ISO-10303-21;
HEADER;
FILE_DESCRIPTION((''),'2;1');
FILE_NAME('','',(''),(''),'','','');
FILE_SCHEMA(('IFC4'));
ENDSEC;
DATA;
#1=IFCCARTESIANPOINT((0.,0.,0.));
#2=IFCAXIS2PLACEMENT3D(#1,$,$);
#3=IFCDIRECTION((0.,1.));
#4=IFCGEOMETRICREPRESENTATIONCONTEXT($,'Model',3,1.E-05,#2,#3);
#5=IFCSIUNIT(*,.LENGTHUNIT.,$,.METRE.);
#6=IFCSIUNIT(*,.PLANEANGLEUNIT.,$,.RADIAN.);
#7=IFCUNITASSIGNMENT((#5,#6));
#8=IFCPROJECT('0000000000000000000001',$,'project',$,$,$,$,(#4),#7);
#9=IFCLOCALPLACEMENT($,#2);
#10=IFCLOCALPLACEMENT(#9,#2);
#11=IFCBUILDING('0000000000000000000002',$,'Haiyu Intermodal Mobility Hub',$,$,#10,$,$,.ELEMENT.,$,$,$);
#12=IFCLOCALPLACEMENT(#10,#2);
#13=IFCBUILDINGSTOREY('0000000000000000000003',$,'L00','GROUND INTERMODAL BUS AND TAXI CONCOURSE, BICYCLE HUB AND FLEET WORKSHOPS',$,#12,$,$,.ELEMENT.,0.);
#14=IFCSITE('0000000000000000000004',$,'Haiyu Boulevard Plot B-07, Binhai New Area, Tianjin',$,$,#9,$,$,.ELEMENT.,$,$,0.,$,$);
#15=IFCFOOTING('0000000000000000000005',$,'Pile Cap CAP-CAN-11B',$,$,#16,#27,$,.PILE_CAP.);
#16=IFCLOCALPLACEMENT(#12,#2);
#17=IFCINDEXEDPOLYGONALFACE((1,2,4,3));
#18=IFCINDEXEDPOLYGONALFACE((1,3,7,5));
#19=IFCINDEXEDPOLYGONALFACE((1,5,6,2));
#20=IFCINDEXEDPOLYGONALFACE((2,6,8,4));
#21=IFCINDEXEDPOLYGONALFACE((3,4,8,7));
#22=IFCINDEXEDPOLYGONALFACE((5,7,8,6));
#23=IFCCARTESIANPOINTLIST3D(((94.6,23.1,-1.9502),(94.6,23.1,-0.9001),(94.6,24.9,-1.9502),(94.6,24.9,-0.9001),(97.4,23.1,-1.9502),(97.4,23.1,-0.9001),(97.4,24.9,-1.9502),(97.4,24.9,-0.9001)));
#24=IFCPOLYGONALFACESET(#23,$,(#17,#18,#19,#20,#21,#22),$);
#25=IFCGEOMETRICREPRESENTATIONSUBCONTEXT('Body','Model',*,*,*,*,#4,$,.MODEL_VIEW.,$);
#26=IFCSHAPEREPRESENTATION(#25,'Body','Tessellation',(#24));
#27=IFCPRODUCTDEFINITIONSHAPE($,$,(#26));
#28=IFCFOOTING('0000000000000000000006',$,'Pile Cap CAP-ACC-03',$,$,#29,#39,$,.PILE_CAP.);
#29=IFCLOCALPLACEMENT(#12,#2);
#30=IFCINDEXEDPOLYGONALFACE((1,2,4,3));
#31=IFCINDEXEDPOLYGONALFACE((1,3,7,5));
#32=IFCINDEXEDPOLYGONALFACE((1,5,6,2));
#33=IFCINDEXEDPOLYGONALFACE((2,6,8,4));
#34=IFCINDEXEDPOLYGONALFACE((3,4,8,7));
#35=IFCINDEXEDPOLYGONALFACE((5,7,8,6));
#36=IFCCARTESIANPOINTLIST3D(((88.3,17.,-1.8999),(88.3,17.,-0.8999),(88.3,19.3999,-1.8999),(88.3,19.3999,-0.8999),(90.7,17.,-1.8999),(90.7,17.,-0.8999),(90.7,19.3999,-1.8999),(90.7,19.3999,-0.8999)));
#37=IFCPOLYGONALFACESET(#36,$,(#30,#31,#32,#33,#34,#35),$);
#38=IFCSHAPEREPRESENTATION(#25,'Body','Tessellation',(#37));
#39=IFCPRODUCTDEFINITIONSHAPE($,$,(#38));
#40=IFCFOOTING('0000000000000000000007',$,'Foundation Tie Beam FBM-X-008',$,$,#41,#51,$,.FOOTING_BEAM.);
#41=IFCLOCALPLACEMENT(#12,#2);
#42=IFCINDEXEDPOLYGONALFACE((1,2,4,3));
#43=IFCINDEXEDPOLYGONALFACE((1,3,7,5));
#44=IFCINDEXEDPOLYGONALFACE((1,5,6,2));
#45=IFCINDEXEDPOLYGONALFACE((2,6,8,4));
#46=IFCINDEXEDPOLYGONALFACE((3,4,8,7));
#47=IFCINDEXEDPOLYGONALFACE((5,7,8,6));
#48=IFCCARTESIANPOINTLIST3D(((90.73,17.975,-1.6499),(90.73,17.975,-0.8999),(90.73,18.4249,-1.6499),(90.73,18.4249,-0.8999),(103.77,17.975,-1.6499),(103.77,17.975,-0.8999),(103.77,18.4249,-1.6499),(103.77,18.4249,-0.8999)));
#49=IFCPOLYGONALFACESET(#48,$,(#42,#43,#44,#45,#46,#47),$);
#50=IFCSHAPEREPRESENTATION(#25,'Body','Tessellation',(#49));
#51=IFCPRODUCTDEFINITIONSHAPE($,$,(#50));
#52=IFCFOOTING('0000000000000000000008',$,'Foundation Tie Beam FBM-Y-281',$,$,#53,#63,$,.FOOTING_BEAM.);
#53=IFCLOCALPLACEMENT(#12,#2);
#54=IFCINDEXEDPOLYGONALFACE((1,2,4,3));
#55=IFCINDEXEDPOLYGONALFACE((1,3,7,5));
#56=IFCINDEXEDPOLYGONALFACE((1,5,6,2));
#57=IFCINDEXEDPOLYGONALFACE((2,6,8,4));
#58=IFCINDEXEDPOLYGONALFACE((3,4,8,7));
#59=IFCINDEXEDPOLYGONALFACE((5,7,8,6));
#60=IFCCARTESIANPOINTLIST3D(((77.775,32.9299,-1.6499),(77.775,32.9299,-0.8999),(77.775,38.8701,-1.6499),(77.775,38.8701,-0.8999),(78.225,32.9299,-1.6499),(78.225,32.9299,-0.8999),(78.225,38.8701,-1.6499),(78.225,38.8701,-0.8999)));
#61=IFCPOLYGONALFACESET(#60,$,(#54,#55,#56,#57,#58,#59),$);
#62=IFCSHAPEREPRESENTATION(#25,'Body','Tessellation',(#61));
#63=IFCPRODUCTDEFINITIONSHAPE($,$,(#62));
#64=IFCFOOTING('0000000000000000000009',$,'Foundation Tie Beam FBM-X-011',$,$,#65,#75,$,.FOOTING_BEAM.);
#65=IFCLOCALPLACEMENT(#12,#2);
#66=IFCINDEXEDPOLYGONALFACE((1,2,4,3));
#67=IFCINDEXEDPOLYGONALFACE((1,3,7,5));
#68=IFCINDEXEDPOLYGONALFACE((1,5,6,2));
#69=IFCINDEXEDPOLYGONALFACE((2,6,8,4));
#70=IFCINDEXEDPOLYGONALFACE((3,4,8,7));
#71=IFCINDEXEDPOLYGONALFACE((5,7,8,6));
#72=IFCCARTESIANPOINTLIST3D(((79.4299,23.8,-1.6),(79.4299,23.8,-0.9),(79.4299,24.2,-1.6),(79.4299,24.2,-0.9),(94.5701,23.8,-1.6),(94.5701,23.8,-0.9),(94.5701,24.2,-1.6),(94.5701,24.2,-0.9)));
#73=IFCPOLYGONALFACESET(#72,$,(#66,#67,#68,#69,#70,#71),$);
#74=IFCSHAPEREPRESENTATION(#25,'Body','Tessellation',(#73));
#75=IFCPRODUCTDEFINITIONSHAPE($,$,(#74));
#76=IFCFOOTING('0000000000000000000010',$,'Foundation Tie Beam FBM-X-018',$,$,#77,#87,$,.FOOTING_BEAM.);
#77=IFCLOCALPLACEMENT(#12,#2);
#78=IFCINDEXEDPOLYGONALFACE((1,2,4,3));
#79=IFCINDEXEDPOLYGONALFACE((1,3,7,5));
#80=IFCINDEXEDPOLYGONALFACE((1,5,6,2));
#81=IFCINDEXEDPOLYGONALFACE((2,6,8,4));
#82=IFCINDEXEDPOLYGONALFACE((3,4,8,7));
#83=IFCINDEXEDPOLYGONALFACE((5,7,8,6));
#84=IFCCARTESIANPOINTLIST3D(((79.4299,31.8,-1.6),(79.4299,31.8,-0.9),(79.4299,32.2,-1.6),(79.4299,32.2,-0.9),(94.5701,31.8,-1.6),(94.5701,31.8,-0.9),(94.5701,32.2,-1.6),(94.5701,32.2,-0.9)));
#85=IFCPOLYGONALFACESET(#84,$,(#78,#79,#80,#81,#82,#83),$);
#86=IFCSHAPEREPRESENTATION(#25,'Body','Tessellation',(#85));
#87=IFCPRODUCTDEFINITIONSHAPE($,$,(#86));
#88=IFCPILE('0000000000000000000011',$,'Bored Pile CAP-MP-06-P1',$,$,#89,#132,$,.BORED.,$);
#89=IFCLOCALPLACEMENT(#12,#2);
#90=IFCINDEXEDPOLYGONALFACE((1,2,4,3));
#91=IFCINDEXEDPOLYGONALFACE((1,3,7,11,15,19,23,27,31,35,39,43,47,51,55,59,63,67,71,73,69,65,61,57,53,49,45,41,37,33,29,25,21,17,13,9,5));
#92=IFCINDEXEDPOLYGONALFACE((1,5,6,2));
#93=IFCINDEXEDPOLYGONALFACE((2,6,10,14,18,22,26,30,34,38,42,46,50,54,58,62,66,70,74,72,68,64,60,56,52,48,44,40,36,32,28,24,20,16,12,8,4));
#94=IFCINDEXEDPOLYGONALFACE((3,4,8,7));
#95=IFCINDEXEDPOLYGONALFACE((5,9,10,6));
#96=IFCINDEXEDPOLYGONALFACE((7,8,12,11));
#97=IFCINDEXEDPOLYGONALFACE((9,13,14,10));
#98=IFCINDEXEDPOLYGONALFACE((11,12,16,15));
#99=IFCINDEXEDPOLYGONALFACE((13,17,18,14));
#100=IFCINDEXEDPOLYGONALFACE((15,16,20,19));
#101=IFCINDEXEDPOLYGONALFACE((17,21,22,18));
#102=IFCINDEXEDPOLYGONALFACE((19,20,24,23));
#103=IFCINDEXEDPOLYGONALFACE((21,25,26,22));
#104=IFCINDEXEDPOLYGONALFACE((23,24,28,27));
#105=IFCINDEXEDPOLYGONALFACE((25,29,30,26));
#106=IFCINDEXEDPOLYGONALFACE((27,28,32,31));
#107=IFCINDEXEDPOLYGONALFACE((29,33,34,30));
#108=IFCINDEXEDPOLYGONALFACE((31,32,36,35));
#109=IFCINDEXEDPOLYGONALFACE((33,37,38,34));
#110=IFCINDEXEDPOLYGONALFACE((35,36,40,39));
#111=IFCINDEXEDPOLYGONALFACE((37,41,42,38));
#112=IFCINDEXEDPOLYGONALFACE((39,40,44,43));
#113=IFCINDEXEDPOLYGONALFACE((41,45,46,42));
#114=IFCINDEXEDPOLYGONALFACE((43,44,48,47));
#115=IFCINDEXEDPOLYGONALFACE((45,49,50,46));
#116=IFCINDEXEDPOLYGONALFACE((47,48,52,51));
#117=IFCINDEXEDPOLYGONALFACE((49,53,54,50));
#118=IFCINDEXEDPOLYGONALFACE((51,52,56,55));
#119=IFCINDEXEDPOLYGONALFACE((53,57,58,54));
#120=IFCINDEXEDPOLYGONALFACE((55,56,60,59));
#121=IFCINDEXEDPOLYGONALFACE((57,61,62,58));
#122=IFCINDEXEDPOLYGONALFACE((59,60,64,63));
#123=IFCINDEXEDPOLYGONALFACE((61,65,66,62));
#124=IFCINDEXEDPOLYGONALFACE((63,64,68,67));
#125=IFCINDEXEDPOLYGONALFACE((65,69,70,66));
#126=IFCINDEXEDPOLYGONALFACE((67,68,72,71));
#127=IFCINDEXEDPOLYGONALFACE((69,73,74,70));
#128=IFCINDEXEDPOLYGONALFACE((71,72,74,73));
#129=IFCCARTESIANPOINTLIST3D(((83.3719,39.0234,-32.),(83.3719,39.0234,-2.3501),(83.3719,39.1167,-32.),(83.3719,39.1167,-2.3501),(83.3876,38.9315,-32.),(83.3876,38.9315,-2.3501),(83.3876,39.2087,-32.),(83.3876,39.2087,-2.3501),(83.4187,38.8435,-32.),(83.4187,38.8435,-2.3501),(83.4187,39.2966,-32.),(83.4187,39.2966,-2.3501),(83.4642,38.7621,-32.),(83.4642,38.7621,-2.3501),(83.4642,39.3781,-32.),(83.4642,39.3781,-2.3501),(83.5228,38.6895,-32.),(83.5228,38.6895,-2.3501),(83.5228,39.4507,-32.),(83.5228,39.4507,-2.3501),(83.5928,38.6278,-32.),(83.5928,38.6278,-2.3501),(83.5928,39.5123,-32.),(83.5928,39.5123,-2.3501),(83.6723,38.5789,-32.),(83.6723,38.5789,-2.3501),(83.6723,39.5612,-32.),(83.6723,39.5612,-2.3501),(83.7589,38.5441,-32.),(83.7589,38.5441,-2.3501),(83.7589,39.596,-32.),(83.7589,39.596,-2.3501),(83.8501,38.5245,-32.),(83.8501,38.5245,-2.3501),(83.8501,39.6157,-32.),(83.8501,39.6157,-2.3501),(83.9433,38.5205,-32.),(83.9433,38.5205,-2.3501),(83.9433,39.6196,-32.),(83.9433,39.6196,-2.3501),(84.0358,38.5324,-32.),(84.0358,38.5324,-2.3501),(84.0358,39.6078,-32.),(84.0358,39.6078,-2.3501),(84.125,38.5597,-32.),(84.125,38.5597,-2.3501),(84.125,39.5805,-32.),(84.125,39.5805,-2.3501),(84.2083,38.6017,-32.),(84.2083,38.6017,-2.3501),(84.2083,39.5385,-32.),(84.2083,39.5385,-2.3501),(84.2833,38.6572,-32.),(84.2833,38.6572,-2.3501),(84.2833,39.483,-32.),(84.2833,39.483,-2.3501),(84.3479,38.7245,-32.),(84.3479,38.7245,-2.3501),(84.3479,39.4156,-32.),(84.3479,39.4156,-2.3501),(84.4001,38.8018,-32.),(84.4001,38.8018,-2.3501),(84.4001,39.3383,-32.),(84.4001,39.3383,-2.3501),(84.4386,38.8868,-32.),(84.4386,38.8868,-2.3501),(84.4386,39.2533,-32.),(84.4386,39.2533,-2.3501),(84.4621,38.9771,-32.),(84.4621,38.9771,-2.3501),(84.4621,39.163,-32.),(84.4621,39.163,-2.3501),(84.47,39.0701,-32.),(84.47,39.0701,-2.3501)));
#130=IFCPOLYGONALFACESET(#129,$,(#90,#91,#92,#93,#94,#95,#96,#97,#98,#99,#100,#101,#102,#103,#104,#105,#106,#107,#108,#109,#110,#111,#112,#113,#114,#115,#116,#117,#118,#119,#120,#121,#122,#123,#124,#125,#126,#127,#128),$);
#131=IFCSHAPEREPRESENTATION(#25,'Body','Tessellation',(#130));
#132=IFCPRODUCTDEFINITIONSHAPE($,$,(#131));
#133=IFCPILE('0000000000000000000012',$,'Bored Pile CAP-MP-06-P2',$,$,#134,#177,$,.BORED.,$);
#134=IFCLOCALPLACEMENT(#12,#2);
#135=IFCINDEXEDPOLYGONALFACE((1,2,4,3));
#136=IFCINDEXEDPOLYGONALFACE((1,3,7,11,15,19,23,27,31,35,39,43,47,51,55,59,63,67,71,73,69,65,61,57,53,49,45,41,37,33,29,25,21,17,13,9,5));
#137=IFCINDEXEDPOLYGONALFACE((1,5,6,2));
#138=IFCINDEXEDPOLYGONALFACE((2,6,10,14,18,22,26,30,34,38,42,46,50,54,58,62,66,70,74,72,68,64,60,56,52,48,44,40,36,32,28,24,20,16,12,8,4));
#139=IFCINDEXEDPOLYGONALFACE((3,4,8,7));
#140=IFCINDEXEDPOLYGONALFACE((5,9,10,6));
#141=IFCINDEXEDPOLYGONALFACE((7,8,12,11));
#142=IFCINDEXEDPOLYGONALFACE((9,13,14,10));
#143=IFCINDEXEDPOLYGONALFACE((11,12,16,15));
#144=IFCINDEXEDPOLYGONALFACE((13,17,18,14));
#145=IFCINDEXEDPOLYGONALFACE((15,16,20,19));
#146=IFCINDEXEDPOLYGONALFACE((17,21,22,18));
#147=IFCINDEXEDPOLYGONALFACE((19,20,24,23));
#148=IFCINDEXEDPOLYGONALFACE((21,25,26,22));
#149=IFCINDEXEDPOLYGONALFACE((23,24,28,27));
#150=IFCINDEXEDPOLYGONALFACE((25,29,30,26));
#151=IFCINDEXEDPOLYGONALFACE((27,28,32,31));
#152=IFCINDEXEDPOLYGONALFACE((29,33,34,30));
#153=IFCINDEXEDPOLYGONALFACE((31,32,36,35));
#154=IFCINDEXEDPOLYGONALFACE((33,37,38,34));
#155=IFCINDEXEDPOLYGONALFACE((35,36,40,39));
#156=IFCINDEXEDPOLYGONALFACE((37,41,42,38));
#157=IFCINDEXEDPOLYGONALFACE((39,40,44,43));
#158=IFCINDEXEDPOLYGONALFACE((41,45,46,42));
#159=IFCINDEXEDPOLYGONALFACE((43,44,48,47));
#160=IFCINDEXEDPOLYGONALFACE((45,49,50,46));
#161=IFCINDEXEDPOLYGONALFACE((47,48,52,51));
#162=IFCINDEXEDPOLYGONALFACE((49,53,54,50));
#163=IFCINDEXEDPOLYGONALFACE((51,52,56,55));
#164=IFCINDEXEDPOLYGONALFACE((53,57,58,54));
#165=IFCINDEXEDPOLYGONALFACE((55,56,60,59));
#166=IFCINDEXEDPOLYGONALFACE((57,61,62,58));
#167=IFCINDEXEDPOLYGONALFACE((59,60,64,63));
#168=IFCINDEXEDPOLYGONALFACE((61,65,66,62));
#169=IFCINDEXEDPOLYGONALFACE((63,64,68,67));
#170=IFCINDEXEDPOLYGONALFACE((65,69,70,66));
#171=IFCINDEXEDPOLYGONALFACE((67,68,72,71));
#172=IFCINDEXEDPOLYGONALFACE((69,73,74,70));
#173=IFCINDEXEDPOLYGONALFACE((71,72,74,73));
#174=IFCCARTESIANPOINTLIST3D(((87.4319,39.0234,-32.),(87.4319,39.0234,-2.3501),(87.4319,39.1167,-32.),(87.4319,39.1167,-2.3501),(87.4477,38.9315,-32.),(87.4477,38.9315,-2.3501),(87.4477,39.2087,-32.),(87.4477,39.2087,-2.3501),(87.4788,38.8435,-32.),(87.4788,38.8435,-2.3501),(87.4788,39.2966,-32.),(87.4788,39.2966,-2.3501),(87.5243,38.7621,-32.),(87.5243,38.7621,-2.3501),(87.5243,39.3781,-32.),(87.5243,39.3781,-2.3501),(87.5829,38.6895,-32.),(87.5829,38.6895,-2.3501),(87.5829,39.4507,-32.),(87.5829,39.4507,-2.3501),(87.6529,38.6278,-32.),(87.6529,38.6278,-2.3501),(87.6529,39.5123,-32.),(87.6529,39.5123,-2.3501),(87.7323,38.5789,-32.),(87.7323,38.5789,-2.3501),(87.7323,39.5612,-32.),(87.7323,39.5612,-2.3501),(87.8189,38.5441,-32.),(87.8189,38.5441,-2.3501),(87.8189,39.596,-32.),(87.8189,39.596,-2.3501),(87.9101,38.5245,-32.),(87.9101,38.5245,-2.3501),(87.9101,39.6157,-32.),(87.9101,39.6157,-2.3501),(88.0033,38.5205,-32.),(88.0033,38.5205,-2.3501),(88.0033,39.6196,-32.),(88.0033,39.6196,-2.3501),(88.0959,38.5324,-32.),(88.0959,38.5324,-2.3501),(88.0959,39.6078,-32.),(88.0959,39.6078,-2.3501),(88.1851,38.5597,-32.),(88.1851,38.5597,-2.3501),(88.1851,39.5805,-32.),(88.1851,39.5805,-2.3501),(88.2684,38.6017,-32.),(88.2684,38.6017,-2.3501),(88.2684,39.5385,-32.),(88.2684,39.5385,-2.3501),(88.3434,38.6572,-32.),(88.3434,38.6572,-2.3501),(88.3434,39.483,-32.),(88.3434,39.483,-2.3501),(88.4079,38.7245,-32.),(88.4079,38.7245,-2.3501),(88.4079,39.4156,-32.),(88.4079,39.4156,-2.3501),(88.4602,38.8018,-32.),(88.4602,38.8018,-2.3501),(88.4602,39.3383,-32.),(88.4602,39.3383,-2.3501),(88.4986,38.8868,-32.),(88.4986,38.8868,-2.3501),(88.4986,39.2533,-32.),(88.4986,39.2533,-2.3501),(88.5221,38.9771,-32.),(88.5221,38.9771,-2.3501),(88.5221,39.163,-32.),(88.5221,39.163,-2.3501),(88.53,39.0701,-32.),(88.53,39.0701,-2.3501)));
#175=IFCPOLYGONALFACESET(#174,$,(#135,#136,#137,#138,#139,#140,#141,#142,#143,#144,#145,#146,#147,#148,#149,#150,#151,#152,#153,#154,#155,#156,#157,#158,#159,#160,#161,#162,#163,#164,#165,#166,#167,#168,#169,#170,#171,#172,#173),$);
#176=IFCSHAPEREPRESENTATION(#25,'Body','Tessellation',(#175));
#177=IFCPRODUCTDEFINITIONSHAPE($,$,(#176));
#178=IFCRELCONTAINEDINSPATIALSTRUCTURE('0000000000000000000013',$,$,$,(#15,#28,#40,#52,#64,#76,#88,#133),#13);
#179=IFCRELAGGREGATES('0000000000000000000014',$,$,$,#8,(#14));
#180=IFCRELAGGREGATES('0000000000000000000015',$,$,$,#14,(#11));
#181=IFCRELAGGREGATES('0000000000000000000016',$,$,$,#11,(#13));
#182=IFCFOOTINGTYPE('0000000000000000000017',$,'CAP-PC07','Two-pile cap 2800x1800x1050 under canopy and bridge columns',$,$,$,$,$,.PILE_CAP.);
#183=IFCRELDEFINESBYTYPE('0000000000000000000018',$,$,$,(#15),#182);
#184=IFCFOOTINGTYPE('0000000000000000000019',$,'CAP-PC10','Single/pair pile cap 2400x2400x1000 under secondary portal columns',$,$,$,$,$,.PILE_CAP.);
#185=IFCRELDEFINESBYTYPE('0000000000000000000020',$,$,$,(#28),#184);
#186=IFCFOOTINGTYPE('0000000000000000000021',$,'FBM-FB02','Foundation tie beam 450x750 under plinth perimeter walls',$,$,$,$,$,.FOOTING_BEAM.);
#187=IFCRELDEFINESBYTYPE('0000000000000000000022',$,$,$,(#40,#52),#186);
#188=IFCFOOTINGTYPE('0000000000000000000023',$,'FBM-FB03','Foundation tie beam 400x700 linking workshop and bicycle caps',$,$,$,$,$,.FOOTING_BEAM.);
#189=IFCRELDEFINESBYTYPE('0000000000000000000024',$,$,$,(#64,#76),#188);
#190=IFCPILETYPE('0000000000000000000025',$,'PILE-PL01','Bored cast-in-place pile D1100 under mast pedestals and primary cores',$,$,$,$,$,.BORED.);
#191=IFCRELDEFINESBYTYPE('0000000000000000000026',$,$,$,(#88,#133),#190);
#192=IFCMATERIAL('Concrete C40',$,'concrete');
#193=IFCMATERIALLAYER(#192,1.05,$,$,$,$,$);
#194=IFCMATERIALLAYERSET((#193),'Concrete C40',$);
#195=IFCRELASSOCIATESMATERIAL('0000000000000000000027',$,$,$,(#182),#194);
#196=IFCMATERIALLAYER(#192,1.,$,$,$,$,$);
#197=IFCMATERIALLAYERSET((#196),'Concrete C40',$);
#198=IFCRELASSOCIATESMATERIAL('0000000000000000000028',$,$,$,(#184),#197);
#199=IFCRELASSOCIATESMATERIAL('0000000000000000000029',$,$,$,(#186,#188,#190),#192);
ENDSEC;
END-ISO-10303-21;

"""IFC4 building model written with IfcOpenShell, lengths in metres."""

from ifc_helpers import new_model, si_unit, direction, frame, origin, origin_2d, place, context, subcontext, project, spatial, rectangle, circle, extrude, material, layer, layer_set, material_profile, profile_set, type_object, element, save


model = new_model("IFC4")

# Units and contexts
model_context = context("Model", 3, precision=1e-05, world=origin(), true_north=direction((0.0, 1.0)))
body_context = subcontext(model_context, "Body", "Model", "MODEL_VIEW")
ifc_project = project(units=[si_unit("LENGTHUNIT", "METRE"), si_unit("PLANEANGLEUNIT", "RADIAN")], contexts=[model_context])

# Site, building, storey
site_placement = place(None, origin())
site = spatial("IfcSite", under=ifc_project, at=site_placement, Name="Haiyu Boulevard Plot B-07, Binhai New Area, Tianjin", CompositionType="ELEMENT", RefElevation=0.0)
building_placement = place(site_placement, origin())
building = spatial("IfcBuilding", under=site, at=building_placement, Name="Haiyu Intermodal Mobility Hub", CompositionType="ELEMENT")
storey_placement = place(building_placement, origin())
storey = spatial("IfcBuildingStorey", under=building, at=storey_placement, Name="L00", Description="GROUND INTERMODAL BUS AND TAXI CONCOURSE, BICYCLE HUB AND FLEET WORKSHOPS", CompositionType="ELEMENT", Elevation=0.0)

# Footings
ifc_material_1 = material(Name="Concrete C40", Category="concrete")
ifc_layer_1 = layer(ifc_material_1, 1.05)
ifc_layer_set_1 = layer_set([ifc_layer_1], Name="Concrete C40")
footing_type_1 = type_object("IfcFootingType", Name="CAP-PC07", Description="Two-pile cap 2800x1800x1050 under canopy and bridge columns", PredefinedType="PILE_CAP", material=ifc_layer_set_1)
footing_1_placement = place(storey_placement, frame((96.0, 24.0, -1.9502), z_axis=(0.0, 0.0, 1.0), x_axis=(1.0, 0.0, 0.0)))
element("IfcFooting", 1, at=footing_1_placement, inside=storey, type_object=footing_type_1, Name="Pile Cap CAP-CAN-11B", PredefinedType="PILE_CAP", context=body_context, shape_type="SweptSolid", body=[
    extrude(rectangle(XDim=2.8, YDim=1.8, at=origin_2d()), origin(), (0.0, 0.0, 1.0), 1.05),
])
ifc_layer_2 = layer(ifc_material_1, 1.0)
ifc_layer_set_2 = layer_set([ifc_layer_2], Name="Concrete C40")
footing_type_2 = type_object("IfcFootingType", Name="CAP-PC10", Description="Single/pair pile cap 2400x2400x1000 under secondary portal columns", PredefinedType="PILE_CAP", material=ifc_layer_set_2)
footing_2_placement = place(storey_placement, frame((89.5, 18.2, -1.8999), z_axis=(0.0, 0.0, 1.0), x_axis=(1.0, 0.0, 0.0)))
element("IfcFooting", 2, at=footing_2_placement, inside=storey, type_object=footing_type_2, Name="Pile Cap CAP-ACC-03", PredefinedType="PILE_CAP", context=body_context, shape_type="SweptSolid", body=[
    extrude(rectangle(XDim=2.3999, YDim=2.3999, at=origin_2d()), origin(), (0.0, 0.0, 1.0), 1.0),
])
ifc_material_profile_1 = material_profile(ifc_material_1, rectangle(XDim=0.45, YDim=0.75, at=origin_2d()), Name="FB450x750")
ifc_profile_set_1 = profile_set([ifc_material_profile_1], Name="Concrete C40")
footing_type_3 = type_object("IfcFootingType", Name="FBM-FB02", Description="Foundation tie beam 450x750 under plinth perimeter walls", PredefinedType="FOOTING_BEAM", material=ifc_profile_set_1)
footing_3_placement = place(storey_placement, frame((90.73, 18.2, -1.2749), z_axis=(1.0, 0.0, 0.0), x_axis=(0.0, 1.0, 0.0)))
element("IfcFooting", 3, at=footing_3_placement, inside=storey, type_object=footing_type_3, Name="Foundation Tie Beam FBM-X-008", PredefinedType="FOOTING_BEAM", context=body_context, shape_type="SweptSolid", body=[
    extrude(rectangle(XDim=0.45, YDim=0.75, at=origin_2d()), origin(), (0.0, 0.0, 1.0), 13.04),
])
footing_4_placement = place(storey_placement, frame((78.0, 32.9299, -1.2749), z_axis=(0.0, 1.0, 0.0), x_axis=(-1.0, 0.0, 0.0)))
element("IfcFooting", 4, at=footing_4_placement, inside=storey, type_object=footing_type_3, Name="Foundation Tie Beam FBM-Y-281", PredefinedType="FOOTING_BEAM", context=body_context, shape_type="SweptSolid", body=[
    extrude(rectangle(XDim=0.45, YDim=0.75, at=origin_2d()), origin(), (0.0, 0.0, 1.0), 5.9402),
])
ifc_material_profile_2 = material_profile(ifc_material_1, rectangle(XDim=0.3999, YDim=0.7, at=origin_2d()), Name="FB400x700")
ifc_profile_set_2 = profile_set([ifc_material_profile_2], Name="Concrete C40")
footing_type_4 = type_object("IfcFootingType", Name="FBM-FB03", Description="Foundation tie beam 400x700 linking workshop and bicycle caps", PredefinedType="FOOTING_BEAM", material=ifc_profile_set_2)
for number, where, z_axis, x_axis, name in (
    (5, (79.4299, 24.0, -1.25), (1.0, 0.0, 0.0), (0.0, 1.0, 0.0), "Foundation Tie Beam FBM-X-011"),
    (6, (79.4299, 32.0, -1.25), (1.0, 0.0, 0.0), (0.0, 1.0, 0.0), "Foundation Tie Beam FBM-X-018"),
):
    element("IfcFooting", number, at=place(storey_placement, frame(where, z_axis=z_axis, x_axis=x_axis)), inside=storey, type_object=footing_type_4, Name=name, PredefinedType="FOOTING_BEAM", context=body_context, shape_type="SweptSolid", body=[
        extrude(rectangle(XDim=0.3999, YDim=0.7, at=origin_2d()), origin(), (0.0, 0.0, 1.0), 15.1401),
    ])

# Piles
ifc_material_profile_3 = material_profile(ifc_material_1, circle(Radius=0.55, at=origin_2d()), Name="PILE-D1100")
ifc_profile_set_3 = profile_set([ifc_material_profile_3], Name="Concrete C40")
pile_type_1 = type_object("IfcPileType", Name="PILE-PL01", Description="Bored cast-in-place pile D1100 under mast pedestals and primary cores", PredefinedType="BORED", material=ifc_profile_set_3)
for number, where, z_axis, x_axis, name in (
    (7, (83.9199, 39.0701, -2.3501), (0.0, 0.0, -1.0), (1.0, 0.0, 0.0), "Bored Pile CAP-MP-06-P1"),
    (8, (87.98, 39.0701, -2.3501), (0.0, 0.0, -1.0), (1.0, 0.0, 0.0), "Bored Pile CAP-MP-06-P2"),
):
    element("IfcPile", number, at=place(storey_placement, frame(where, z_axis=z_axis, x_axis=x_axis)), inside=storey, type_object=pile_type_1, Name=name, PredefinedType="BORED", context=body_context, shape_type="SweptSolid", body=[
        extrude(circle(Radius=0.55, at=origin_2d()), origin(), (0.0, 0.0, 1.0), 29.6499),
    ])

save(model, "model.ifc")
